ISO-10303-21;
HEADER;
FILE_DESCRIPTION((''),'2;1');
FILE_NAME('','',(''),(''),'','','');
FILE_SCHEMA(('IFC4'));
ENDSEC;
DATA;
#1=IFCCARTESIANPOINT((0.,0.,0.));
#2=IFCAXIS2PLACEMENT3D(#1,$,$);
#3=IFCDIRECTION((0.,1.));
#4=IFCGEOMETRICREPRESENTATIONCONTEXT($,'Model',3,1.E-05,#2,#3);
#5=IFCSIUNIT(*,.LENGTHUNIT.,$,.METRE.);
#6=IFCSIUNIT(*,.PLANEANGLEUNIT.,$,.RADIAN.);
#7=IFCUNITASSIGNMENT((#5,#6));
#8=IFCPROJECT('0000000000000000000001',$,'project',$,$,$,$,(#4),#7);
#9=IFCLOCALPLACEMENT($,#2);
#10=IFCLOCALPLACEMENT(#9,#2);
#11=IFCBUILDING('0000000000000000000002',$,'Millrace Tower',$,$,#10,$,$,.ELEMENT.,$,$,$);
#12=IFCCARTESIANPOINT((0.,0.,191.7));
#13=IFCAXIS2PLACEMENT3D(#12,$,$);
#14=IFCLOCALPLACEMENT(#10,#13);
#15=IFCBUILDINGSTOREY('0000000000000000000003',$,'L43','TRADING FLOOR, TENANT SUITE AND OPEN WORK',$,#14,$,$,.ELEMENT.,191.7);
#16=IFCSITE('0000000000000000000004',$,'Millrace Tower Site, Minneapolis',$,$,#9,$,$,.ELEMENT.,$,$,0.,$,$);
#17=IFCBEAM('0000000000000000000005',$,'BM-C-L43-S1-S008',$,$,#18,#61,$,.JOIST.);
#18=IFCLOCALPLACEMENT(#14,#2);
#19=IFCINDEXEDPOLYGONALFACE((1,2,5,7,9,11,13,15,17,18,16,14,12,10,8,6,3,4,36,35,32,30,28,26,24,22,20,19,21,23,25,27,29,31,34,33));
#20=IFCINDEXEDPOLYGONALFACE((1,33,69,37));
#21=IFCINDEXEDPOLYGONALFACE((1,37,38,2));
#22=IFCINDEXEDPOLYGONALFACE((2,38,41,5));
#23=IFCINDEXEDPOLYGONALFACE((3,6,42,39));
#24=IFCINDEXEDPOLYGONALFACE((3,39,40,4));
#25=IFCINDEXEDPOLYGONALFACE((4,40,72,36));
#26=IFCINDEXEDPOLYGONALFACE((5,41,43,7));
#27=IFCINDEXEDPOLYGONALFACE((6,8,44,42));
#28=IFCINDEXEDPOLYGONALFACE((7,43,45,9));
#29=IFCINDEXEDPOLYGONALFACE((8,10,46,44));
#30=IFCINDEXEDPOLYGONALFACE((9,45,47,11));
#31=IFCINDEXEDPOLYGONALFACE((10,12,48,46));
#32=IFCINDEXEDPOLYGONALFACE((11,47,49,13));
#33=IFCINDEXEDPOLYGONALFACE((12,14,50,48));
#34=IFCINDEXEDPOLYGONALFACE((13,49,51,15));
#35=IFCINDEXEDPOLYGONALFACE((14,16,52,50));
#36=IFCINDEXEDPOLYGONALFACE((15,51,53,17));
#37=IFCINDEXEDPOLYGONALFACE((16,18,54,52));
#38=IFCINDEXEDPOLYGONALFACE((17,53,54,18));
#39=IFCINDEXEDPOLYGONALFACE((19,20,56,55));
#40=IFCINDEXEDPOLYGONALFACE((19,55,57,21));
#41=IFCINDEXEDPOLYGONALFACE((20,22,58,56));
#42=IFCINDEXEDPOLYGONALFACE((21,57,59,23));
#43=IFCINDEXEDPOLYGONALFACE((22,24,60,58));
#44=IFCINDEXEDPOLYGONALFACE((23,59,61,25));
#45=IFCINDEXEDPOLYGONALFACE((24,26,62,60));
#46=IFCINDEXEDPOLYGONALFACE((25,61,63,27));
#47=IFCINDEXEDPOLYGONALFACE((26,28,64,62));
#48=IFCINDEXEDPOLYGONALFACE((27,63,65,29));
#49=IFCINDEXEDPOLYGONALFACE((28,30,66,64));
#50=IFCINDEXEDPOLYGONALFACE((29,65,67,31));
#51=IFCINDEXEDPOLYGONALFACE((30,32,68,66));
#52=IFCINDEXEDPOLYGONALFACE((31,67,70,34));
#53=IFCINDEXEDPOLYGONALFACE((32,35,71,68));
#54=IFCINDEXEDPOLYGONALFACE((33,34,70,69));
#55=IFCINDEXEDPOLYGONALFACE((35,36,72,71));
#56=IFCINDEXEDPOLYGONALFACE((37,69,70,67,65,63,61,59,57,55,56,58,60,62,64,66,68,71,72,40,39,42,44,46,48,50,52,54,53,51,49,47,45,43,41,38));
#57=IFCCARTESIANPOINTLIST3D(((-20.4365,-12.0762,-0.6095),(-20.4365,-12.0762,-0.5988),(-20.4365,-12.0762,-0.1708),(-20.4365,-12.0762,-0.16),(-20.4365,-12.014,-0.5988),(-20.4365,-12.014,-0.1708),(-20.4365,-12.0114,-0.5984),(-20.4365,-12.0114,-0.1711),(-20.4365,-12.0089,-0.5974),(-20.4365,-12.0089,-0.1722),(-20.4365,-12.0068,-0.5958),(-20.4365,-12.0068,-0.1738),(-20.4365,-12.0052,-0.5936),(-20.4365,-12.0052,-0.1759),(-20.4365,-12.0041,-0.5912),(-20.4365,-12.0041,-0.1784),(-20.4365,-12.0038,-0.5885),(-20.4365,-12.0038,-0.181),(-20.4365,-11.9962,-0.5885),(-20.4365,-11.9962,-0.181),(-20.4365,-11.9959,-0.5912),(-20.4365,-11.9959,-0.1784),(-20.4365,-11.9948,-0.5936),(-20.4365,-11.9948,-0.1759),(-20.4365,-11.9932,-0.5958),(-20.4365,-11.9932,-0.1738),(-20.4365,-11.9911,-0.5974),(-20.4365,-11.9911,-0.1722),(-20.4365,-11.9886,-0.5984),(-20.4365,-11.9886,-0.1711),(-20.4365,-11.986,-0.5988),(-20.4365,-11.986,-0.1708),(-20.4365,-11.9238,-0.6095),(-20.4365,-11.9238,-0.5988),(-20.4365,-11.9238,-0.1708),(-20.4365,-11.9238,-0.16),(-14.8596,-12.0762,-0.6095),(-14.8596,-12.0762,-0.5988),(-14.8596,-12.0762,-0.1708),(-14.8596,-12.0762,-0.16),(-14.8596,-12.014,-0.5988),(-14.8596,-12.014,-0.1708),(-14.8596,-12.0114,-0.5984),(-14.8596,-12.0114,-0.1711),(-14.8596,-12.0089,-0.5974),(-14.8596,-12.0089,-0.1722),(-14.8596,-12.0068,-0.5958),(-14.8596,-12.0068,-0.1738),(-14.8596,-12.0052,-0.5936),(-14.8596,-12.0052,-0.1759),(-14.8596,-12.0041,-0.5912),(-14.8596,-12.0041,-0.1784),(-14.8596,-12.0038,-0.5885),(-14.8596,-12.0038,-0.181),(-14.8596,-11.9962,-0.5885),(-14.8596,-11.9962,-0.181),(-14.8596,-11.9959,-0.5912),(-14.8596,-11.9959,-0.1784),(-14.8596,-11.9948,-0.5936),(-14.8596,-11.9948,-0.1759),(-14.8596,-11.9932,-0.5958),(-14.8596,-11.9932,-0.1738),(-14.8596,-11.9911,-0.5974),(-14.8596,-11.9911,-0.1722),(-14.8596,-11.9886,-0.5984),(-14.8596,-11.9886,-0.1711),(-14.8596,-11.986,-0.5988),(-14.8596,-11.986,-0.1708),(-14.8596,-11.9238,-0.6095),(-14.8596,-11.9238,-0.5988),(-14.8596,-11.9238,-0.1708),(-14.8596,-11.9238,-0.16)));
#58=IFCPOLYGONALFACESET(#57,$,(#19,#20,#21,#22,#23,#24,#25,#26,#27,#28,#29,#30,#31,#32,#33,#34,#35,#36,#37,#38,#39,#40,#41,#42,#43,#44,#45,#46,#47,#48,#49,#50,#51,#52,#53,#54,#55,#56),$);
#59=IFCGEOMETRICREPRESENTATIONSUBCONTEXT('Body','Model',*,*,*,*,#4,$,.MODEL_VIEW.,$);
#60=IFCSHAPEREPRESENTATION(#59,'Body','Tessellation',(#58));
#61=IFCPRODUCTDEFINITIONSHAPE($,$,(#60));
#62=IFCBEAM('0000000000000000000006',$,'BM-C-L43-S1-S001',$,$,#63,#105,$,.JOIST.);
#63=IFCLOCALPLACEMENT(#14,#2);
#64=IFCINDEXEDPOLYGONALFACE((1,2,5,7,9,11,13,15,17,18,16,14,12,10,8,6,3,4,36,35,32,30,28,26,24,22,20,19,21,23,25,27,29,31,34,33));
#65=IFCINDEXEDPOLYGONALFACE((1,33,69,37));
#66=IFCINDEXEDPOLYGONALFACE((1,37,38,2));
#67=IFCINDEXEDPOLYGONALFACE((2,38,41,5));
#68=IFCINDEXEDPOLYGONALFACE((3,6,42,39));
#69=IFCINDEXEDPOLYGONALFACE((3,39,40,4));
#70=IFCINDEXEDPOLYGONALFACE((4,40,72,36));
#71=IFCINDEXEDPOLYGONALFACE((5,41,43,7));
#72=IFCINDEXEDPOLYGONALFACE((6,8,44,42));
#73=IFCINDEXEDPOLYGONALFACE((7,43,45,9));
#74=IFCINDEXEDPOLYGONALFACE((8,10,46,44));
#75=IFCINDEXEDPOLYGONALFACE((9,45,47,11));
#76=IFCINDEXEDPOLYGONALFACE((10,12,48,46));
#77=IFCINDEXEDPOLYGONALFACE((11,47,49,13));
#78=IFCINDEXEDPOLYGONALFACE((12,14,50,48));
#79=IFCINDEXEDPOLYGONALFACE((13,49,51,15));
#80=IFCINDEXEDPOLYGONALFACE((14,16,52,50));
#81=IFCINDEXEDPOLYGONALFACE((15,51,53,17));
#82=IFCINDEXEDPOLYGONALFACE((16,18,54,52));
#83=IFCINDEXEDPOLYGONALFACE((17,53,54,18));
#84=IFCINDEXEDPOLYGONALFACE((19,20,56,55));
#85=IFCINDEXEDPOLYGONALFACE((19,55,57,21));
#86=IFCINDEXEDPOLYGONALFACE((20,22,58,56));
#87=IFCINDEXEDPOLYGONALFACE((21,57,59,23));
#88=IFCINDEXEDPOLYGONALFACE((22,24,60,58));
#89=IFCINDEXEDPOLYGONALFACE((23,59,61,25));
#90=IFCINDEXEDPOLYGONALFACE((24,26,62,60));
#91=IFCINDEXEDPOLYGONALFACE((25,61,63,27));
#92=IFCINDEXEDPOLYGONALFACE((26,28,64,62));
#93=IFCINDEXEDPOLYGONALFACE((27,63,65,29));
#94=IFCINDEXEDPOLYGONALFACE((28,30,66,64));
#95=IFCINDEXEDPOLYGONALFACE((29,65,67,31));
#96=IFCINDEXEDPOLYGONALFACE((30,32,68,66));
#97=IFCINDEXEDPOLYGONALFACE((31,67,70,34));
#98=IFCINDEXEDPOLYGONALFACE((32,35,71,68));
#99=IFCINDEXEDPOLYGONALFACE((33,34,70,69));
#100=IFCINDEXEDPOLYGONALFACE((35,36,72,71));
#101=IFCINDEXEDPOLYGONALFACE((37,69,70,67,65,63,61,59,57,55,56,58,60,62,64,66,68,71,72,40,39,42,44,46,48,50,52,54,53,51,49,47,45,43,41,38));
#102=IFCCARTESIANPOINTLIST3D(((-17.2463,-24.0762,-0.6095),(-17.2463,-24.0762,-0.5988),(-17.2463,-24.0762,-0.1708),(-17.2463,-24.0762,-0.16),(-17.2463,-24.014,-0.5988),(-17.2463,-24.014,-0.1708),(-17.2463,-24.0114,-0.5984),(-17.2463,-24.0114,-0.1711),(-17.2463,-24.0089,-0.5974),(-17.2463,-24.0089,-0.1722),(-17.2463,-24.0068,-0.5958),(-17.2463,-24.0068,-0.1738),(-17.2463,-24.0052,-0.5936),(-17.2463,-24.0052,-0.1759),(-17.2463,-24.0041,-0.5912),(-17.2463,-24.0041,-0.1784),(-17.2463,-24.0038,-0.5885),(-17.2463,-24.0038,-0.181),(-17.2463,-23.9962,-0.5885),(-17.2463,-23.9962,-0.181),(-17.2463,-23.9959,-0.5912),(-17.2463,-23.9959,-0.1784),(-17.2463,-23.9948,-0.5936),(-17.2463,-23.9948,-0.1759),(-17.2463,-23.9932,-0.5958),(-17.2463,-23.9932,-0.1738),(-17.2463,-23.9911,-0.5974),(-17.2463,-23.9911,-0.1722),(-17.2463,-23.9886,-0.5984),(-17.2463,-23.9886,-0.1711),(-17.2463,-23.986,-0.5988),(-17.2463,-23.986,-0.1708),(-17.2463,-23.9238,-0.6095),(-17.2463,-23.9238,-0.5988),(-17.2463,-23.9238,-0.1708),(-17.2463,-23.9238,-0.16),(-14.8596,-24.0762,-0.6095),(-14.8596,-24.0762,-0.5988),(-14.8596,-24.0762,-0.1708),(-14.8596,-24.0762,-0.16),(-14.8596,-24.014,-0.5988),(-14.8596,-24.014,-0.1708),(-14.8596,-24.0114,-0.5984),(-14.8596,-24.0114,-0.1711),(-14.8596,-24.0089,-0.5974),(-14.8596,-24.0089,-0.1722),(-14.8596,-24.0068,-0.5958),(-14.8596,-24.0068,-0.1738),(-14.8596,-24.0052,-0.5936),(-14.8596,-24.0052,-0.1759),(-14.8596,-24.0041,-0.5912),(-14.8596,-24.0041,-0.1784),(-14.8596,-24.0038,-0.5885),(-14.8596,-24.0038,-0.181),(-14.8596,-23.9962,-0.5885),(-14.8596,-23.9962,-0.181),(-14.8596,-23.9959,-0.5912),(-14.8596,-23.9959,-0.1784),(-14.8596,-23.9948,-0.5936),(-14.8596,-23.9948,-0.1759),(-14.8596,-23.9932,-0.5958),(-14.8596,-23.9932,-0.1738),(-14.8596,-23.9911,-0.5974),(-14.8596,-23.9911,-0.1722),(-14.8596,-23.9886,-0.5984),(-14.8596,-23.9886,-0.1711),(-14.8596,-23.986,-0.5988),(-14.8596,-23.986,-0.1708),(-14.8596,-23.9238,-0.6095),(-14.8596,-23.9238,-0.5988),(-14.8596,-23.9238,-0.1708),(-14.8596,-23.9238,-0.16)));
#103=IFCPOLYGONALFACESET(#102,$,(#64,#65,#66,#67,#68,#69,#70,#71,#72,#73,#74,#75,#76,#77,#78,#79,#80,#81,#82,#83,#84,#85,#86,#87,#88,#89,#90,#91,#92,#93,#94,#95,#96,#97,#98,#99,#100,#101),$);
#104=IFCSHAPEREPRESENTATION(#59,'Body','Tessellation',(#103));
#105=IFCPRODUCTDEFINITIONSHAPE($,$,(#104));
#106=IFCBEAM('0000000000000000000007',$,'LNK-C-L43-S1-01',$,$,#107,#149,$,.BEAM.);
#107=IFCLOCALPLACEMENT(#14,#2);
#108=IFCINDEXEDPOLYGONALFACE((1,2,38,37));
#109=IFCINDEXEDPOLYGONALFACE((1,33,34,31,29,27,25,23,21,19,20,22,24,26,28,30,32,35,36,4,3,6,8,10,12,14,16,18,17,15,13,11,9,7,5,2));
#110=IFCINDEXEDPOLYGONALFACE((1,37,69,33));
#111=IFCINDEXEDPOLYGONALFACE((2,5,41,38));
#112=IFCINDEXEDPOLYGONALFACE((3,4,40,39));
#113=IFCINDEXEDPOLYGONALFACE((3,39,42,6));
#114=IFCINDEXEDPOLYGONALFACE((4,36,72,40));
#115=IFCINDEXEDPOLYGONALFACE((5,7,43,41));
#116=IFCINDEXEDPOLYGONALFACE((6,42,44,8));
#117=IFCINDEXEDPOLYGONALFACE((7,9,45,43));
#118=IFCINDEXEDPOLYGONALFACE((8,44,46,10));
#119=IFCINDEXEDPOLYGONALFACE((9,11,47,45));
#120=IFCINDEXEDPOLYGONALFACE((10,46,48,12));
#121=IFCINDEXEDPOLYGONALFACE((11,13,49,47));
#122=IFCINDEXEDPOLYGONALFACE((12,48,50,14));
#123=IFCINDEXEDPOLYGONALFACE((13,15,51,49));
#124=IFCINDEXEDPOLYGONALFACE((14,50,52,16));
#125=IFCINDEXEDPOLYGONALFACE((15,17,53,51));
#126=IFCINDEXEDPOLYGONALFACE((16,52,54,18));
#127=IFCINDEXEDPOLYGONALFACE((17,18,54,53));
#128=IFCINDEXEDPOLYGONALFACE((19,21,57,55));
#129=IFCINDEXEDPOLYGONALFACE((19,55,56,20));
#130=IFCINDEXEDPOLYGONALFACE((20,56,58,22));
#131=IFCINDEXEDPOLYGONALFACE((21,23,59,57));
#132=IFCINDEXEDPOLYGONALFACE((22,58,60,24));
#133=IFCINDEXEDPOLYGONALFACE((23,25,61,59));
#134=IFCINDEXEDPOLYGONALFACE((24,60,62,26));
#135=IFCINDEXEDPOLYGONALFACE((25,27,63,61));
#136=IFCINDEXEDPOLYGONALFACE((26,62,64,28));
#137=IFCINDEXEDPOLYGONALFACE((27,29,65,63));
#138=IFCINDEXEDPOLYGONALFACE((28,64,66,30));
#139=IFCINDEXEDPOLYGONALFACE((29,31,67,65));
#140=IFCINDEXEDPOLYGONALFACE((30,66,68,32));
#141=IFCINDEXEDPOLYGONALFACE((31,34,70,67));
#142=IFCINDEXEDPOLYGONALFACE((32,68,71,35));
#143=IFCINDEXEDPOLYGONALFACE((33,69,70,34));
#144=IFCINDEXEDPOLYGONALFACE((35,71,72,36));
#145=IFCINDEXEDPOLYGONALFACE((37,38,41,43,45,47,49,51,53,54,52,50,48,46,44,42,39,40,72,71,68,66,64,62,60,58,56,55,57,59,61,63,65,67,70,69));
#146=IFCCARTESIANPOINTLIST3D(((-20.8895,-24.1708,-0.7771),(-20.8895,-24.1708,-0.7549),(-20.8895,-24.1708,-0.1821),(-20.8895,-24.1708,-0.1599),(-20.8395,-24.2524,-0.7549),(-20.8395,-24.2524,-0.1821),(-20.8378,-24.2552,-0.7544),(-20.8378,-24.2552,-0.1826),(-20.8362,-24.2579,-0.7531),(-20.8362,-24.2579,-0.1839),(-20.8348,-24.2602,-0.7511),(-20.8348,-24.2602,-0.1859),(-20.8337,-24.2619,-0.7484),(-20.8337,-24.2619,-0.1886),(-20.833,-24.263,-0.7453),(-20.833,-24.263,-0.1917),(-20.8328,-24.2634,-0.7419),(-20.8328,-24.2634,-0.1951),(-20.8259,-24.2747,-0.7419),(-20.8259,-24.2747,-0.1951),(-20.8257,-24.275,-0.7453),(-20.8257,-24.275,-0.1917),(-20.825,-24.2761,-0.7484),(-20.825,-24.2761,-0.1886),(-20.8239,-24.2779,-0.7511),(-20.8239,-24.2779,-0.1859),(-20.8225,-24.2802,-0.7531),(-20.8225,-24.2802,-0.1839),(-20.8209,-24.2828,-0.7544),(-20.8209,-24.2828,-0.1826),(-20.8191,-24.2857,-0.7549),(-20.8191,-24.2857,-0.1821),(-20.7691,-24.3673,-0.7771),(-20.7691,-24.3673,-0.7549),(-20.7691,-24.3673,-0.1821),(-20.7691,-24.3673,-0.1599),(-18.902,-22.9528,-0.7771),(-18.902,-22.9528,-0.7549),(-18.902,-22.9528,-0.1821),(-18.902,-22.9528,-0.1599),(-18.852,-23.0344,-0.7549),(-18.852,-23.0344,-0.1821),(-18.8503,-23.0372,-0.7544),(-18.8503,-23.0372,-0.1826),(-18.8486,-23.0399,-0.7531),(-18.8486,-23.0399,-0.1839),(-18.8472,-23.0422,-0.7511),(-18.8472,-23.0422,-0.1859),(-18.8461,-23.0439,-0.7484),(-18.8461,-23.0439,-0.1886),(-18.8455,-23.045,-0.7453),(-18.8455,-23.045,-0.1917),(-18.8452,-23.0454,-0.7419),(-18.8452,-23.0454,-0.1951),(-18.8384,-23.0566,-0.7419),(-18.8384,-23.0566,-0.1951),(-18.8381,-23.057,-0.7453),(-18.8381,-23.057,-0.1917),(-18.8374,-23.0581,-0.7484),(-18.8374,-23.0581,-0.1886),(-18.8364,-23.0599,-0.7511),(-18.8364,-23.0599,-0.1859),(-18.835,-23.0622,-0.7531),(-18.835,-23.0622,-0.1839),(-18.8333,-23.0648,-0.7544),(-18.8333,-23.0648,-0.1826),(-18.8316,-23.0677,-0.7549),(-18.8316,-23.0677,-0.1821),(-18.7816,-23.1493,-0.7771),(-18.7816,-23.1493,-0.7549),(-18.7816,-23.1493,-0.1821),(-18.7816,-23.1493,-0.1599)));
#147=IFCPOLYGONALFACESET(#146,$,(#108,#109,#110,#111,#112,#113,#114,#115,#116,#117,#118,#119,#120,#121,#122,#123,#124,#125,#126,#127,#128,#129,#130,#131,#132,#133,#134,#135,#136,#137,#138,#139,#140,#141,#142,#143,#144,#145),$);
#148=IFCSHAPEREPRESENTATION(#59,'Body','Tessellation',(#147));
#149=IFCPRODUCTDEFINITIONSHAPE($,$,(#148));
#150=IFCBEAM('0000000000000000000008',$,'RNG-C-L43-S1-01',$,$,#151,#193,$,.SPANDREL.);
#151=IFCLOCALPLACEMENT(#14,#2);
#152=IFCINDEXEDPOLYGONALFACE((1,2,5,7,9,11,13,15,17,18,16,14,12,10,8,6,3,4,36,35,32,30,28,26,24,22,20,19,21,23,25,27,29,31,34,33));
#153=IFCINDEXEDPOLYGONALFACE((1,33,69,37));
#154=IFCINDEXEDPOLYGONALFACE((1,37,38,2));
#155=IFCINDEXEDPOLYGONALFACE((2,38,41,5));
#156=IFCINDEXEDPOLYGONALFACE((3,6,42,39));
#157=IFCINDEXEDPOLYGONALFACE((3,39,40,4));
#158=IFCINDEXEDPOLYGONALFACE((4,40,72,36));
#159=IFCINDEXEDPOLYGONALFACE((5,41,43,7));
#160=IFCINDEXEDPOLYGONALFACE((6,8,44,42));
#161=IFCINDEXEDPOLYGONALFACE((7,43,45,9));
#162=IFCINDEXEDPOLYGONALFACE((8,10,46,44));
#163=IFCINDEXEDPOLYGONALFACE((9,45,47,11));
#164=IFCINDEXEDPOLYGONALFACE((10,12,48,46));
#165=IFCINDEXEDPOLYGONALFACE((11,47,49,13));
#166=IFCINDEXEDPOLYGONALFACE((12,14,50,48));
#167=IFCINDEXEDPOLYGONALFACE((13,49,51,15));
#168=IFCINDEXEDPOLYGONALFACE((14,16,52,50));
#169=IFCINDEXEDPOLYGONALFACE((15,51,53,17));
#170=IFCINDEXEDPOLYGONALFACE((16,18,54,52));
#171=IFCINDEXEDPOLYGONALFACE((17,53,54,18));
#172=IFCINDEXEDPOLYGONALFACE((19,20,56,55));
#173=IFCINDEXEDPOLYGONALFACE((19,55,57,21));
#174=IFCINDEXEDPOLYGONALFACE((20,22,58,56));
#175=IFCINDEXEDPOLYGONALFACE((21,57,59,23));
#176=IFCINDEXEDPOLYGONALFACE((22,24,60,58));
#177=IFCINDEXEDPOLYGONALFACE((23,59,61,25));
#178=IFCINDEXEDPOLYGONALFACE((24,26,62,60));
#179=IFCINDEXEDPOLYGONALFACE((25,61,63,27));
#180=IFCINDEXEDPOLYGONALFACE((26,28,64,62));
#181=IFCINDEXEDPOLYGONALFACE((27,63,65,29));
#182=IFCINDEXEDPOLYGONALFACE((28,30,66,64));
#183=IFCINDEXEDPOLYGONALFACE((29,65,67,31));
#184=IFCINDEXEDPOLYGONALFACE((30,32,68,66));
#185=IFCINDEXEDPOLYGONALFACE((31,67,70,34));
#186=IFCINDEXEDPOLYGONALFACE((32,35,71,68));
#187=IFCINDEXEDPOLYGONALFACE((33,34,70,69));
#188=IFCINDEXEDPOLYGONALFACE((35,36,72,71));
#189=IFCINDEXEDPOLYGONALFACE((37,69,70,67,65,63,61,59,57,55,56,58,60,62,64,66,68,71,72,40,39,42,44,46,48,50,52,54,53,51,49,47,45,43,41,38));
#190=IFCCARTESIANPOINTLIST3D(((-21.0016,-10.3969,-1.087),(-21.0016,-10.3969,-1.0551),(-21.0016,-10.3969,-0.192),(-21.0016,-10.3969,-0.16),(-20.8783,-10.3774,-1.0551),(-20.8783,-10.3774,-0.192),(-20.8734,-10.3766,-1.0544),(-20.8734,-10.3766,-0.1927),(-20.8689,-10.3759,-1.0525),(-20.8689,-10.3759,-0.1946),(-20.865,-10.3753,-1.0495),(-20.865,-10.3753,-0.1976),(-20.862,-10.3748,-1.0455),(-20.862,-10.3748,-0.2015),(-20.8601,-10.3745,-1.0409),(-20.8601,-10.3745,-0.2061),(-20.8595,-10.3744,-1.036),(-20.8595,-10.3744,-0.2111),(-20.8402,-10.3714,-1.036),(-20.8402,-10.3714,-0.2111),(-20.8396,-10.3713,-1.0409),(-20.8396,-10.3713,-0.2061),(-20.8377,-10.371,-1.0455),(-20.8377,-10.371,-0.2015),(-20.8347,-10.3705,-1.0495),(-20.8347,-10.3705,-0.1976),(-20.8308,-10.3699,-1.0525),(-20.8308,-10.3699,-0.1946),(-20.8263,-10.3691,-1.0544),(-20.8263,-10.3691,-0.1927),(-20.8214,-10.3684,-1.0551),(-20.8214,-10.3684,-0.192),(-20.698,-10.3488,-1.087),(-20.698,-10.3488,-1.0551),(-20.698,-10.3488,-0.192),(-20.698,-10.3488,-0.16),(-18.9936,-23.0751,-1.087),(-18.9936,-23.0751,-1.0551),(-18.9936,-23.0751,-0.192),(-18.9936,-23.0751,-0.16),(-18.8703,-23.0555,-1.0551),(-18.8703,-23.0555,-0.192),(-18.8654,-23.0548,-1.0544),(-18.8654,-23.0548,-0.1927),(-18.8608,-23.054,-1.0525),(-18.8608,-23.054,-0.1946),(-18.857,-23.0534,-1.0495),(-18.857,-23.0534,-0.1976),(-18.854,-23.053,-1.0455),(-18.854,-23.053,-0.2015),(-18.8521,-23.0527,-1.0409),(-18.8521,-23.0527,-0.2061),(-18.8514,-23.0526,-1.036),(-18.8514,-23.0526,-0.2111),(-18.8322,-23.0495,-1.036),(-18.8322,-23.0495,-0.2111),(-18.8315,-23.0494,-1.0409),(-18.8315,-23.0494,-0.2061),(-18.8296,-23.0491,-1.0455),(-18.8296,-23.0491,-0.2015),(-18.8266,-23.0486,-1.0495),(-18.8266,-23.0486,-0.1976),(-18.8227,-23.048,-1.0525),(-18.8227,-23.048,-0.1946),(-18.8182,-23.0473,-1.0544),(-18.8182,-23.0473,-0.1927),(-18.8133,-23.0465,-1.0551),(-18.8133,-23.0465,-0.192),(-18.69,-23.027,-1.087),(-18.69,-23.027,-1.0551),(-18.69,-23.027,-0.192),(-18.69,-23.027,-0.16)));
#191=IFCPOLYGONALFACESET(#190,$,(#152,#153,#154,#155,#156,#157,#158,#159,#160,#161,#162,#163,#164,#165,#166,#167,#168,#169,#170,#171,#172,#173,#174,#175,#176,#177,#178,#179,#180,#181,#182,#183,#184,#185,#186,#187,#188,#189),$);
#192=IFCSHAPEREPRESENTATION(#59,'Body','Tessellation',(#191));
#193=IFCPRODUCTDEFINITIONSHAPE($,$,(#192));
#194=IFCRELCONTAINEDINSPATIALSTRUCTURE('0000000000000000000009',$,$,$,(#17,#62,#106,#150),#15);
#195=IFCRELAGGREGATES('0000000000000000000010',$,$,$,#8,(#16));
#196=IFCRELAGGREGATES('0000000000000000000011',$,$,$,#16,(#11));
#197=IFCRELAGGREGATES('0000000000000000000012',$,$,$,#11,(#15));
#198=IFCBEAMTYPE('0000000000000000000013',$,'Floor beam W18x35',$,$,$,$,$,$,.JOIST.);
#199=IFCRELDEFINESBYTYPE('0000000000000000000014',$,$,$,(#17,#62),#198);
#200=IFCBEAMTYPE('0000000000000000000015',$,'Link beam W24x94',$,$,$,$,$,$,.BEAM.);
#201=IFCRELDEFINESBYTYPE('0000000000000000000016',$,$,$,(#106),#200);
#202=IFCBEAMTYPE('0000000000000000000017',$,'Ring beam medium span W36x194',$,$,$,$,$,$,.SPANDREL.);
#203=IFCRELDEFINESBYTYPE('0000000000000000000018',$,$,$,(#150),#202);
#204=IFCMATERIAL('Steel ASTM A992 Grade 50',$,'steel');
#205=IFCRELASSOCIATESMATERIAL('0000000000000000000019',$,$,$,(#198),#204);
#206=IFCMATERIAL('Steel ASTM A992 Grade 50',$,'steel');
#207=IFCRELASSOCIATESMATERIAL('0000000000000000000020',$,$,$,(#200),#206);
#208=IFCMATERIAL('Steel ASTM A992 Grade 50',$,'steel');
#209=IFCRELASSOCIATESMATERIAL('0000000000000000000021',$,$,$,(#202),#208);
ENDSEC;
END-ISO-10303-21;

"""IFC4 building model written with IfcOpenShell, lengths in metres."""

from ifc_helpers import new_model, si_unit, direction, frame, origin, origin_2d, place, context, subcontext, project, spatial, i_section, extrude, material, material_profile, profile_set, type_object, element, save


model = new_model("IFC4")

# Units and contexts
model_context = context("Model", 3, precision=1e-05, world=origin(), true_north=direction((0.0, 1.0)))
body_context = subcontext(model_context, "Body", "Model", "MODEL_VIEW")
ifc_project = project(units=[si_unit("LENGTHUNIT", "METRE"), si_unit("PLANEANGLEUNIT", "RADIAN")], contexts=[model_context])

# Site, building, storey
site_placement = place(None, origin())
site = spatial("IfcSite", under=ifc_project, at=site_placement, Name="Millrace Tower Site, Minneapolis", CompositionType="ELEMENT", RefElevation=0.0)
building_placement = place(site_placement, origin())
building = spatial("IfcBuilding", under=site, at=building_placement, Name="Millrace Tower", CompositionType="ELEMENT")
storey_placement = place(building_placement, frame((0.0, 0.0, 191.7)))
storey = spatial("IfcBuildingStorey", under=building, at=storey_placement, Name="L43", Description="TRADING FLOOR, TENANT SUITE AND OPEN WORK", CompositionType="ELEMENT", Elevation=191.7)

# Beams
ifc_material_1 = material(Name="Steel ASTM A992 Grade 50", Category="steel")
ifc_material_profile_1 = material_profile(ifc_material_1, i_section(OverallWidth=0.1523, OverallDepth=0.4495, WebThickness=0.0076, FlangeThickness=0.0107, FilletRadius=0.0103, at=origin_2d()))
ifc_profile_set_1 = profile_set([ifc_material_profile_1], Name="Steel ASTM A992 Grade 50")
beam_type_1 = type_object("IfcBeamType", Name="Floor beam W18x35", PredefinedType="JOIST", material=ifc_profile_set_1)
beam_1_placement = place(storey_placement, frame((-20.4365, -12.0, -0.3848), z_axis=(1.0, 0.0, 0.0), x_axis=(0.0, 1.0, 0.0)))
element("IfcBeam", 1, at=beam_1_placement, inside=storey, type_object=beam_type_1, Name="BM-C-L43-S1-S008", PredefinedType="JOIST", context=body_context, shape_type="SweptSolid", body=[
    extrude(i_section(OverallWidth=0.1523, OverallDepth=0.4495, WebThickness=0.0076, FlangeThickness=0.0107, FilletRadius=0.0103, at=origin_2d()), origin(), (0.0, 0.0, 1.0), 5.5769),
])
beam_2_placement = place(storey_placement, frame((-17.2463, -24.0, -0.3848), z_axis=(1.0, 0.0, 0.0), x_axis=(0.0, 1.0, 0.0)))
element("IfcBeam", 2, at=beam_2_placement, inside=storey, type_object=beam_type_1, Name="BM-C-L43-S1-S001", PredefinedType="JOIST", context=body_context, shape_type="SweptSolid", body=[
    extrude(i_section(OverallWidth=0.1523, OverallDepth=0.4495, WebThickness=0.0076, FlangeThickness=0.0107, FilletRadius=0.0103, at=origin_2d()), origin(), (0.0, 0.0, 1.0), 2.3867),
])
ifc_material_2 = material(Name="Steel ASTM A992 Grade 50", Category="steel")
ifc_material_profile_2 = material_profile(ifc_material_2, i_section(OverallWidth=0.2305, OverallDepth=0.6172, WebThickness=0.0132, FlangeThickness=0.0222, FilletRadius=0.0129, at=origin_2d()))
ifc_profile_set_2 = profile_set([ifc_material_profile_2], Name="Steel ASTM A992 Grade 50")
beam_type_2 = type_object("IfcBeamType", Name="Link beam W24x94", PredefinedType="BEAM", material=ifc_profile_set_2)
beam_3_placement = place(storey_placement, frame((-18.8418, -23.051, -0.4685), z_axis=(-0.852631, -0.522513, 0.0), x_axis=(0.522513, -0.852631, 0.0)))
element("IfcBeam", 3, at=beam_3_placement, inside=storey, type_object=beam_type_2, Name="LNK-C-L43-S1-01", PredefinedType="BEAM", context=body_context, shape_type="SweptSolid", body=[
    extrude(i_section(OverallWidth=0.2305, OverallDepth=0.6172, WebThickness=0.0132, FlangeThickness=0.0222, FilletRadius=0.0129, at=origin_2d()), origin(), (0.0, 0.0, 1.0), 2.3311),
])
ifc_material_3 = material(Name="Steel ASTM A992 Grade 50", Category="steel")
ifc_material_profile_3 = material_profile(ifc_material_3, i_section(OverallWidth=0.3074, OverallDepth=0.927, WebThickness=0.0195, FlangeThickness=0.032, FilletRadius=0.019, at=origin_2d()))
ifc_profile_set_3 = profile_set([ifc_material_profile_3], Name="Steel ASTM A992 Grade 50")
beam_type_3 = type_object("IfcBeamType", Name="Ring beam medium span W36x194", PredefinedType="SPANDREL", material=ifc_profile_set_3)
beam_4_placement = place(storey_placement, frame((-18.8418, -23.051, -0.6235), z_axis=(-0.156436, 0.987688, 0.0), x_axis=(-0.987688, -0.156436, 0.0)))
element("IfcBeam", 4, at=beam_4_placement, inside=storey, type_object=beam_type_3, Name="RNG-C-L43-S1-01", PredefinedType="SPANDREL", context=body_context, shape_type="SweptSolid", body=[
    extrude(i_section(OverallWidth=0.3074, OverallDepth=0.927, WebThickness=0.0195, FlangeThickness=0.032, FilletRadius=0.019, at=origin_2d()), origin(), (0.0, 0.0, 1.0), 12.8362),
])

save(model, "model.ifc")
